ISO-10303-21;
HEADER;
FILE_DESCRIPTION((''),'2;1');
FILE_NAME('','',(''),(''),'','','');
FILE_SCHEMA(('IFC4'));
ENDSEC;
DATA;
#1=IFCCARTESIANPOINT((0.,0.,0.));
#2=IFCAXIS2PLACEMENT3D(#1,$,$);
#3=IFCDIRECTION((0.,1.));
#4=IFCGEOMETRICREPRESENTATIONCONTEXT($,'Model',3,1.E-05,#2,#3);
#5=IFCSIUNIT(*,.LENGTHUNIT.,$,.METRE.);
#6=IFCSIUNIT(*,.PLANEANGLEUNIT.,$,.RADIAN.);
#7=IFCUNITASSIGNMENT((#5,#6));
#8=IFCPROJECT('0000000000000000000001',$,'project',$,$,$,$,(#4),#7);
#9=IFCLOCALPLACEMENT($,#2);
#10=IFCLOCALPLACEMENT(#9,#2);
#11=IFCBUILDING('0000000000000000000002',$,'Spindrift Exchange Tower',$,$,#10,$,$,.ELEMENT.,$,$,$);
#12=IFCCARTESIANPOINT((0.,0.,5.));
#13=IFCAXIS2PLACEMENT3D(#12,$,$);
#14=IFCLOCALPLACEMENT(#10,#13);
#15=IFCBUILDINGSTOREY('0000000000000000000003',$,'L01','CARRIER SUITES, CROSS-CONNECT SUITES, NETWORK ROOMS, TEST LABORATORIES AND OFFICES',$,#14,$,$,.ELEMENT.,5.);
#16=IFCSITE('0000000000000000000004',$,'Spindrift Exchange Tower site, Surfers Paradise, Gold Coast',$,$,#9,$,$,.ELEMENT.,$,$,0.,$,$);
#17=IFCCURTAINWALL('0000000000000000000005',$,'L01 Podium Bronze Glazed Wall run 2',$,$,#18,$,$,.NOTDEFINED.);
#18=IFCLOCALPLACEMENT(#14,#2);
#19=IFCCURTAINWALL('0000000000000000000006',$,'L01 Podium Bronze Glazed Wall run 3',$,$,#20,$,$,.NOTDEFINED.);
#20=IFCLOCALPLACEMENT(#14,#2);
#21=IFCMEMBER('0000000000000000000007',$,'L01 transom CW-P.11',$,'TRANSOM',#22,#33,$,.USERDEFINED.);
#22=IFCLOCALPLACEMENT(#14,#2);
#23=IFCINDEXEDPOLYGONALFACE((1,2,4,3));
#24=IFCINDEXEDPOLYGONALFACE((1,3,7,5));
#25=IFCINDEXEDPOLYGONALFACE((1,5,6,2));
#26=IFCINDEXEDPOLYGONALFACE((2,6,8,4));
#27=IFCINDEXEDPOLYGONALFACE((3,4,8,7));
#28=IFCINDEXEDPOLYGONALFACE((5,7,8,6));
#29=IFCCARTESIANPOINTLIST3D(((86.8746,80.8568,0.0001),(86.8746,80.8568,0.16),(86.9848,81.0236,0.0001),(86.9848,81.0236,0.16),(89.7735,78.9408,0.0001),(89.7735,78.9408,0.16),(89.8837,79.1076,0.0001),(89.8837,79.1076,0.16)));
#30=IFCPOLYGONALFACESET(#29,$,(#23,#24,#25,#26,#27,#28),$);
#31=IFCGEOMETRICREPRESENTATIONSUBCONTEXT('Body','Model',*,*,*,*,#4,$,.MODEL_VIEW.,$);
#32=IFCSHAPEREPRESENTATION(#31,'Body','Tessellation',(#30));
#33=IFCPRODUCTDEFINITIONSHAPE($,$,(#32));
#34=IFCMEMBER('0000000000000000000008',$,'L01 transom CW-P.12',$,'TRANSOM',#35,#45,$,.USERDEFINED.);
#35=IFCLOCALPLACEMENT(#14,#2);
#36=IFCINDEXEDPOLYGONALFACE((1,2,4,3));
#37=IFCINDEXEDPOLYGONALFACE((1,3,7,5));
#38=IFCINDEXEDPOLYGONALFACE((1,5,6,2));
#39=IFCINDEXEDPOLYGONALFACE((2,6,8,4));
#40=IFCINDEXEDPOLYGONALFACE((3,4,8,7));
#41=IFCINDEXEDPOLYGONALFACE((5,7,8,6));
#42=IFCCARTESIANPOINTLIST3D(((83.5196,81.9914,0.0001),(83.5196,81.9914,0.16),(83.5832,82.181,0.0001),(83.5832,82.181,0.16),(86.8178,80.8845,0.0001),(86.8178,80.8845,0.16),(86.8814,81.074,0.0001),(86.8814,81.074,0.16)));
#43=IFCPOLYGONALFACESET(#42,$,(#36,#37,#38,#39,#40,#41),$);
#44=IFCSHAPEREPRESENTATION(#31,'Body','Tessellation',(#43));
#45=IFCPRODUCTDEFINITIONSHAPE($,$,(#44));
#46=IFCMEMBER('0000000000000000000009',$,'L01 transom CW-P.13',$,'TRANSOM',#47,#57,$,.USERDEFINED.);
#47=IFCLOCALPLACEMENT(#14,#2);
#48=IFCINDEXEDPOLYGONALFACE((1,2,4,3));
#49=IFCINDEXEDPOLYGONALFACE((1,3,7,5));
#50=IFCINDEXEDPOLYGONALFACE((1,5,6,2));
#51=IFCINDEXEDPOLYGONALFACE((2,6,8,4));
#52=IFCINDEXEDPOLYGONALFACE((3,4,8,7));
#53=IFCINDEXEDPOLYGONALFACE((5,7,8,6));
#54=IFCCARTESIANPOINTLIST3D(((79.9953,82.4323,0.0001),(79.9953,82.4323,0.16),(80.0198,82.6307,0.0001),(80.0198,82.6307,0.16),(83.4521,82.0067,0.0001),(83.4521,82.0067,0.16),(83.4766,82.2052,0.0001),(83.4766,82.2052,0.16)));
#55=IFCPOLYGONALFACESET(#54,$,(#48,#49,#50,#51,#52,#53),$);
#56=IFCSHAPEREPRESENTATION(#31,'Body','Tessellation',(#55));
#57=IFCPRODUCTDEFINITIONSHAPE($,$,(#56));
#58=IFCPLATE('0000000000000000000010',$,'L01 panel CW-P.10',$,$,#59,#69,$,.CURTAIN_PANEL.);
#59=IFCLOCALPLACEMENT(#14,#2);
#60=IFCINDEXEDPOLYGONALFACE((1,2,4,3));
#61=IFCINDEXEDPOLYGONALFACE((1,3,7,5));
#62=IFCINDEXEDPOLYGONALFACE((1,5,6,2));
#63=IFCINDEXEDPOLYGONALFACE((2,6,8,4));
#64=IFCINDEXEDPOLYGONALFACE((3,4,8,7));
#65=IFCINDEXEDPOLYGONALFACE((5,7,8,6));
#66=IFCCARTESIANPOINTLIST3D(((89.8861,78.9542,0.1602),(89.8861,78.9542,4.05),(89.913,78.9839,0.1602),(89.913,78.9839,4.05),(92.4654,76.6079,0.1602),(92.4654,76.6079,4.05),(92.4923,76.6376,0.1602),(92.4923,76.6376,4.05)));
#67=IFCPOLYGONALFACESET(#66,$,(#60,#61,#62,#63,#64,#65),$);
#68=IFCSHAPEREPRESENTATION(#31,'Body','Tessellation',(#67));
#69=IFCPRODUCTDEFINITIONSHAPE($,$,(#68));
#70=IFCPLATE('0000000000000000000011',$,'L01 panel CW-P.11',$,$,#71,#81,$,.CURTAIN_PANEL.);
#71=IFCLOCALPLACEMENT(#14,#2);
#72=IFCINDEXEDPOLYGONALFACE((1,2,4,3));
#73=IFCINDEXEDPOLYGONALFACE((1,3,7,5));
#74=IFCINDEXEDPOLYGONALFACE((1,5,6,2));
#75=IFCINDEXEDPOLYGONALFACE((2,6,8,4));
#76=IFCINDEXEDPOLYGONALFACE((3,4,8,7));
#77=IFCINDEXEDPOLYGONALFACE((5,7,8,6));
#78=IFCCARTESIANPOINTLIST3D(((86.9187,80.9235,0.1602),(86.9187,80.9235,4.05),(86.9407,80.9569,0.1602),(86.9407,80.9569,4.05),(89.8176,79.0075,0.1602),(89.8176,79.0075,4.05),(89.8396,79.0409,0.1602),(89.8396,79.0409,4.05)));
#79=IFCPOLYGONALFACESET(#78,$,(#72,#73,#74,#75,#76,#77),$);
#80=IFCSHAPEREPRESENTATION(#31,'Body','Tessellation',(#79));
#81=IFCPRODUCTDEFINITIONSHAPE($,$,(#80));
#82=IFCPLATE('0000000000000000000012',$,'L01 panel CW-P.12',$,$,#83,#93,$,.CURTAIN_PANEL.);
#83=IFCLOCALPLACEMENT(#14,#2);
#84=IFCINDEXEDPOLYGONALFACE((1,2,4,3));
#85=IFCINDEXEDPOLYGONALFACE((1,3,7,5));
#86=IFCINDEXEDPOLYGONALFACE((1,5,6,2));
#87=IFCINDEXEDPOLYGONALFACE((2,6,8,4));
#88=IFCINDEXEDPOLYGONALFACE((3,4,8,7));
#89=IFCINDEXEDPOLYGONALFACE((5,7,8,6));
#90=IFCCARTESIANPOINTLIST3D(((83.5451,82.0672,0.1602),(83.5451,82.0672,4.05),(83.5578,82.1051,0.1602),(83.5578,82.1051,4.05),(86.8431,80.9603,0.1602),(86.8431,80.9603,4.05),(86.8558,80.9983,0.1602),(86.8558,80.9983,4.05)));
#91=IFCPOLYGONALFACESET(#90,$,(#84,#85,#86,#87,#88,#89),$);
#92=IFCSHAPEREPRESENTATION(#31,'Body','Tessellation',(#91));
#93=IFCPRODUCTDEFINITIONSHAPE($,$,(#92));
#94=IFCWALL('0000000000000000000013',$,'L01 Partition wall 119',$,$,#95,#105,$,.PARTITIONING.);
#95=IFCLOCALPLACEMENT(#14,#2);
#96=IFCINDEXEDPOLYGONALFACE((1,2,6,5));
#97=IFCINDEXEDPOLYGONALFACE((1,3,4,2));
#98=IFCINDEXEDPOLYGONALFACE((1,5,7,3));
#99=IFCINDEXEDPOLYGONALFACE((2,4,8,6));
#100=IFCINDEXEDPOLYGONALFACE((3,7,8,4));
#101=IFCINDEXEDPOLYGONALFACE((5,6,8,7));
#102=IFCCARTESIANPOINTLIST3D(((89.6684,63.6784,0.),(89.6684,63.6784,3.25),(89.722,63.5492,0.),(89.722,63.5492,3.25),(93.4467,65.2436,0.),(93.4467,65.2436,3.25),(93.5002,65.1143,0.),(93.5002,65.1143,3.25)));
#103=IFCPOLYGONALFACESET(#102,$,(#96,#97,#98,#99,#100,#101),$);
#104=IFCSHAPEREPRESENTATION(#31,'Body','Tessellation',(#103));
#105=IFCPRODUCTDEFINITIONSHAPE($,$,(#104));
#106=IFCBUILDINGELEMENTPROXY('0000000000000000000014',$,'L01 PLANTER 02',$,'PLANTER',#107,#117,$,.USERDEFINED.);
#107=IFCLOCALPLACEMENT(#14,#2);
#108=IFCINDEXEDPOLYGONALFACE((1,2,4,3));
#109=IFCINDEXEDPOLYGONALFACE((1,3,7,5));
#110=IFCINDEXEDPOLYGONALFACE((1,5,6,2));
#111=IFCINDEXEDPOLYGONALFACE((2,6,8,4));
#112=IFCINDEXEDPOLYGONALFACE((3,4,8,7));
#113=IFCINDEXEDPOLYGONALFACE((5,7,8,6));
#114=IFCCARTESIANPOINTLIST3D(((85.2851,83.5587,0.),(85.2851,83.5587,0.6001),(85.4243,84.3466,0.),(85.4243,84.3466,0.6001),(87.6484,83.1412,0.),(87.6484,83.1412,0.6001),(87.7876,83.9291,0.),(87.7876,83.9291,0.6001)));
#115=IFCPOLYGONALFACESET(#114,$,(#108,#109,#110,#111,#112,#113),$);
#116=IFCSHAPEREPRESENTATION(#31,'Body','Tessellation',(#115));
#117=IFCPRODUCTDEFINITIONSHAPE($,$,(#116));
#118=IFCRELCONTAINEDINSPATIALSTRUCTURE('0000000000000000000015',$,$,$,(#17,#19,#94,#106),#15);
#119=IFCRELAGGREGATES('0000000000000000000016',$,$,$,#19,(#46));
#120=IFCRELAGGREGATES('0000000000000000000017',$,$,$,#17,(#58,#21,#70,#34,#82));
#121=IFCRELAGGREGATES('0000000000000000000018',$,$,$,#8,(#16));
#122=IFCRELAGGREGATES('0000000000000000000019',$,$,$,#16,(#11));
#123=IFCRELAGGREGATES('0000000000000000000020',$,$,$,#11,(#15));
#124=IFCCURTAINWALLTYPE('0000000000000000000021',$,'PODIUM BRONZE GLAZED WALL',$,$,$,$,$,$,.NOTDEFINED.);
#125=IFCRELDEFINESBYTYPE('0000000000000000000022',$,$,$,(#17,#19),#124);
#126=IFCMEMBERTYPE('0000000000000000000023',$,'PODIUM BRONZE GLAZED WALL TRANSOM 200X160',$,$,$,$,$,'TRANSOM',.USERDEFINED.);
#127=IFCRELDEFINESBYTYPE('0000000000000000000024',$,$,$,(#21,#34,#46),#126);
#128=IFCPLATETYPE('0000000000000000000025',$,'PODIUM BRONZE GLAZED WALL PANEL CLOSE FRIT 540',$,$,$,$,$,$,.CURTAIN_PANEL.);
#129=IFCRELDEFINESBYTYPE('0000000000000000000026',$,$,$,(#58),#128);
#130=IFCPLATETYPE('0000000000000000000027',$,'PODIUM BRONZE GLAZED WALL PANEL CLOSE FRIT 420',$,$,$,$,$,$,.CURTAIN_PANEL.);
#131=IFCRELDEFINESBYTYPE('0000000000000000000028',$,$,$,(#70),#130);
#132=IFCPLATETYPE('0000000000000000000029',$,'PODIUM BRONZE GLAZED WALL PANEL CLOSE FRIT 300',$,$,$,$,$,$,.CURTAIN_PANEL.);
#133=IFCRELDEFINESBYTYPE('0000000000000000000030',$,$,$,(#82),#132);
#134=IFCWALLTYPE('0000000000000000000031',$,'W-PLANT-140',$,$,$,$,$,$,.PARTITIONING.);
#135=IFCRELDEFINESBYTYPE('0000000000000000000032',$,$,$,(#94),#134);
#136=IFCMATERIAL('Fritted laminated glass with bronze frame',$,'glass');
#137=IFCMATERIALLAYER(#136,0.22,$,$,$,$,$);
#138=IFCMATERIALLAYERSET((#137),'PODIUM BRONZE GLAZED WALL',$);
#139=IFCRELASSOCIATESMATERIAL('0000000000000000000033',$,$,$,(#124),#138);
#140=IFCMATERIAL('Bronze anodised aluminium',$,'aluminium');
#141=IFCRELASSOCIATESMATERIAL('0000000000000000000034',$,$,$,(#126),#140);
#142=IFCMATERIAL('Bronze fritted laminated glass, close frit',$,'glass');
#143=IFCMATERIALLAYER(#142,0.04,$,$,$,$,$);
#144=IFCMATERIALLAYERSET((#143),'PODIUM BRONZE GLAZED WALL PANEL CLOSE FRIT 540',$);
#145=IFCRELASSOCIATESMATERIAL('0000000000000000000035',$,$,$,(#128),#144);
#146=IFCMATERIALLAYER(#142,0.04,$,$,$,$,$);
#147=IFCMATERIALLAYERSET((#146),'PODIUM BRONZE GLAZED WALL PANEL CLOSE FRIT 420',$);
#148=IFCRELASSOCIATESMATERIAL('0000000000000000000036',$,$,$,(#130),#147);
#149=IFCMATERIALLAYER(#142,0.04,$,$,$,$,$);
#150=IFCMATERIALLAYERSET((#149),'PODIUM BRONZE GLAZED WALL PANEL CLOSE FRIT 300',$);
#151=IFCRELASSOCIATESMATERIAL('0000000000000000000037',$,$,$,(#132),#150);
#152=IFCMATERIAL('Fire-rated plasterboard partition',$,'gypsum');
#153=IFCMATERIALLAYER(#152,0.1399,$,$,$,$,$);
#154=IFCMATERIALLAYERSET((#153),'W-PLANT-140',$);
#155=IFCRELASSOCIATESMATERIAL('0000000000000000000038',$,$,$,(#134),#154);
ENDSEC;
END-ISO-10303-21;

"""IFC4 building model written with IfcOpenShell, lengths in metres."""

from ifc_helpers import new_model, si_unit, direction, frame, frame_2d, origin, origin_2d, place, context, subcontext, project, spatial, rectangle, extrude, source, transform, mapped, material, layer, layer_set, material_profile, profile_set, type_object, element, aggregate, save


model = new_model("IFC4")

# Units and contexts
model_context = context("Model", 3, precision=1e-05, world=origin(), true_north=direction((0.0, 1.0)))
body_context = subcontext(model_context, "Body", "Model", "MODEL_VIEW")
ifc_project = project(units=[si_unit("LENGTHUNIT", "METRE"), si_unit("PLANEANGLEUNIT", "RADIAN")], contexts=[model_context])

# Site, building, storey
site_placement = place(None, origin())
site = spatial("IfcSite", under=ifc_project, at=site_placement, Name="Spindrift Exchange Tower site, Surfers Paradise, Gold Coast", CompositionType="ELEMENT", RefElevation=0.0)
building_placement = place(site_placement, origin())
building = spatial("IfcBuilding", under=site, at=building_placement, Name="Spindrift Exchange Tower", CompositionType="ELEMENT")
storey_placement = place(building_placement, frame((0.0, 0.0, 5.0)))
storey = spatial("IfcBuildingStorey", under=building, at=storey_placement, Name="L01", Description="CARRIER SUITES, CROSS-CONNECT SUITES, NETWORK ROOMS, TEST LABORATORIES AND OFFICES", CompositionType="ELEMENT", Elevation=5.0)

# Curtain wall
ifc_material_1 = material(Name="Fritted laminated glass with bronze frame", Category="glass")
ifc_layer_1 = layer(ifc_material_1, 0.22)
ifc_layer_set_1 = layer_set([ifc_layer_1], Name="PODIUM BRONZE GLAZED WALL")
curtain_wall_type = type_object("IfcCurtainWallType", Name="PODIUM BRONZE GLAZED WALL", PredefinedType="NOTDEFINED", material=ifc_layer_set_1)
curtain_wall_1_placement = place(storey_placement, origin())
curtain_wall_1 = element("IfcCurtainWall", 1, at=curtain_wall_1_placement, inside=storey, type_object=curtain_wall_type, Name="L01 Podium Bronze Glazed Wall run 2", PredefinedType="NOTDEFINED")
ifc_material_2 = material(Name="Bronze anodised aluminium", Category="aluminium")

# Curtain wall
curtain_wall_2_placement = place(storey_placement, origin())
curtain_wall_2 = element("IfcCurtainWall", 2, at=curtain_wall_2_placement, inside=storey, type_object=curtain_wall_type, Name="L01 Podium Bronze Glazed Wall run 3", PredefinedType="NOTDEFINED")

# Members
ifc_material_profile_1 = material_profile(ifc_material_2, rectangle(XDim=0.2, YDim=0.1599, at=origin_2d()), Name="PODIUM BRONZE GLAZED WALL TRANSOM 200X160")
ifc_profile_set_1 = profile_set([ifc_material_profile_1], Name="Bronze anodised aluminium")
member_type_1 = type_object("IfcMemberType", Name="PODIUM BRONZE GLAZED WALL TRANSOM 200X160", ElementType="TRANSOM", PredefinedType="USERDEFINED", material=ifc_profile_set_1)
shared_shape_1 = source(origin(), body_context, "Body", "SweptSolid", [
    extrude(rectangle(XDim=0.2, YDim=0.1599, at=origin_2d()), origin(), (0.0, 0.0, 1.0), 3.4749),
])
member_1_placement = place(storey_placement, frame((89.8286, 79.0242, 0.0801), z_axis=(-0.834249, 0.551388, 0.0), x_axis=(-0.551388, -0.834249, 0.0)))
member_1 = element("IfcMember", 3, at=member_1_placement, type_object=member_type_1, Name="L01 transom CW-P.11", ObjectType="TRANSOM", PredefinedType="USERDEFINED", context=body_context, shape_type="MappedRepresentation", body=[
    mapped(shared_shape_1, transform((0.0, 0.0, 0.0), scale=1.0)),
])
shared_shape_2 = source(origin(), body_context, "Body", "SweptSolid", [
    extrude(rectangle(XDim=0.2, YDim=0.1599, at=origin_2d()), origin(), (0.0, 0.0, 1.0), 3.479),
])
member_2_placement = place(storey_placement, frame((86.8496, 80.9792, 0.0801), z_axis=(-0.948029, 0.318185, 0.0), x_axis=(-0.318185, -0.948029, 0.0)))
member_2 = element("IfcMember", 4, at=member_2_placement, type_object=member_type_1, Name="L01 transom CW-P.12", ObjectType="TRANSOM", PredefinedType="USERDEFINED", context=body_context, shape_type="MappedRepresentation", body=[
    mapped(shared_shape_2, transform((0.0, 0.0, 0.0), scale=1.0)),
])
shared_shape_3 = source(origin(), body_context, "Body", "SweptSolid", [
    extrude(rectangle(XDim=0.2, YDim=0.1599, at=origin_2d()), origin(), (0.0, 0.0, 1.0), 3.4829),
])
member_3_placement = place(storey_placement, frame((83.4644, 82.106, 0.0801), z_axis=(-0.992508, 0.12218, 0.0), x_axis=(-0.12218, -0.992508, 0.0)))
member_3 = element("IfcMember", 5, at=member_3_placement, type_object=member_type_1, Name="L01 transom CW-P.13", ObjectType="TRANSOM", PredefinedType="USERDEFINED", context=body_context, shape_type="MappedRepresentation", body=[
    mapped(shared_shape_3, transform((0.0, 0.0, 0.0), scale=1.0)),
])
aggregate(curtain_wall_2, [member_3])

# Plates
ifc_material_3 = material(Name="Bronze fritted laminated glass, close frit", Category="glass")
ifc_layer_2 = layer(ifc_material_3, 0.04)
ifc_layer_set_2 = layer_set([ifc_layer_2], Name="PODIUM BRONZE GLAZED WALL PANEL CLOSE FRIT 540")
plate_type_1 = type_object("IfcPlateType", Name="PODIUM BRONZE GLAZED WALL PANEL CLOSE FRIT 540", PredefinedType="CURTAIN_PANEL", material=ifc_layer_set_2)
shared_shape_4 = source(origin(), body_context, "Body", "SweptSolid", [
    extrude(rectangle(XDim=3.4868, YDim=0.04, at=origin_2d()), origin(), (0.0, 0.0, 1.0), 3.8899),
])
plate_1_placement = place(storey_placement, frame((91.1892, 77.7959, 0.1602), z_axis=(0.0, 0.0, 1.0), x_axis=(-0.739727, 0.672907, 0.0)))
plate_1 = element("IfcPlate", 6, at=plate_1_placement, type_object=plate_type_1, Name="L01 panel CW-P.10", PredefinedType="CURTAIN_PANEL", context=body_context, shape_type="MappedRepresentation", body=[
    mapped(shared_shape_4, transform((0.0, 0.0, 0.0), scale=1.0)),
])
ifc_layer_3 = layer(ifc_material_3, 0.04)
ifc_layer_set_3 = layer_set([ifc_layer_3], Name="PODIUM BRONZE GLAZED WALL PANEL CLOSE FRIT 420")
plate_type_2 = type_object("IfcPlateType", Name="PODIUM BRONZE GLAZED WALL PANEL CLOSE FRIT 420", PredefinedType="CURTAIN_PANEL", material=ifc_layer_set_3)
shared_shape_5 = source(origin(), body_context, "Body", "SweptSolid", [
    extrude(rectangle(XDim=3.4749, YDim=0.04, at=origin_2d()), origin(), (0.0, 0.0, 1.0), 3.8899),
])
plate_2_placement = place(storey_placement, frame((88.3792, 79.9822, 0.1602), z_axis=(0.0, 0.0, 1.0), x_axis=(-0.834254, 0.551381, 0.0)))
plate_2 = element("IfcPlate", 7, at=plate_2_placement, type_object=plate_type_2, Name="L01 panel CW-P.11", PredefinedType="CURTAIN_PANEL", context=body_context, shape_type="MappedRepresentation", body=[
    mapped(shared_shape_5, transform((0.0, 0.0, 0.0), scale=1.0)),
])
ifc_layer_4 = layer(ifc_material_3, 0.04)
ifc_layer_set_4 = layer_set([ifc_layer_4], Name="PODIUM BRONZE GLAZED WALL PANEL CLOSE FRIT 300")
plate_type_3 = type_object("IfcPlateType", Name="PODIUM BRONZE GLAZED WALL PANEL CLOSE FRIT 300", PredefinedType="CURTAIN_PANEL", material=ifc_layer_set_4)
shared_shape_6 = source(origin(), body_context, "Body", "SweptSolid", [
    extrude(rectangle(XDim=3.4788, YDim=0.04, at=origin_2d()), origin(), (0.0, 0.0, 1.0), 3.8899),
])
plate_3_placement = place(storey_placement, frame((85.2004, 81.5327, 0.1602), z_axis=(0.0, 0.0, 1.0), x_axis=(-0.948031, 0.318177, 0.0)))
plate_3 = element("IfcPlate", 8, at=plate_3_placement, type_object=plate_type_3, Name="L01 panel CW-P.12", PredefinedType="CURTAIN_PANEL", context=body_context, shape_type="MappedRepresentation", body=[
    mapped(shared_shape_6, transform((0.0, 0.0, 0.0), scale=1.0)),
])
aggregate(curtain_wall_1, [plate_1, member_1, plate_2, member_2, plate_3])

# Wall
ifc_material_4 = material(Name="Fire-rated plasterboard partition", Category="gypsum")
ifc_layer_5 = layer(ifc_material_4, 0.1399)
ifc_layer_set_5 = layer_set([ifc_layer_5], Name="W-PLANT-140")
wall_type = type_object("IfcWallType", Name="W-PLANT-140", PredefinedType="PARTITIONING", material=ifc_layer_set_5)
wall_placement = place(storey_placement, frame((89.6951, 63.6138, 0.0), z_axis=(0.0, 0.0, 1.0), x_axis=(0.923866, 0.382716, 0.0)))
element("IfcWall", 9, at=wall_placement, inside=storey, type_object=wall_type, Name="L01 Partition wall 119", PredefinedType="PARTITIONING", context=body_context, shape_type="SweptSolid", body=[
    extrude(rectangle(XDim=4.0896, YDim=0.1399, at=frame_2d((2.0449, 0.0))), origin(), (0.0, 0.0, 1.0), 3.25),
])

# Building element proxy
shared_shape_7 = source(origin(), body_context, "Body", "SweptSolid", [
    extrude(rectangle(XDim=2.3999, YDim=0.8, at=origin_2d()), origin(), (0.0, 0.0, 1.0), 0.6001),
])
proxy_placement = place(storey_placement, frame((86.5364, 83.7439, 0.0), z_axis=(0.0, 0.0, 1.0), x_axis=(0.98475, -0.173976, 0.0)))
element("IfcBuildingElementProxy", 10, at=proxy_placement, inside=storey, Name="L01 PLANTER 02", ObjectType="PLANTER", PredefinedType="USERDEFINED", context=body_context, shape_type="MappedRepresentation", body=[
    mapped(shared_shape_7, transform((0.0, 0.0, 0.0), scale=1.0)),
])

save(model, "model.ifc")
